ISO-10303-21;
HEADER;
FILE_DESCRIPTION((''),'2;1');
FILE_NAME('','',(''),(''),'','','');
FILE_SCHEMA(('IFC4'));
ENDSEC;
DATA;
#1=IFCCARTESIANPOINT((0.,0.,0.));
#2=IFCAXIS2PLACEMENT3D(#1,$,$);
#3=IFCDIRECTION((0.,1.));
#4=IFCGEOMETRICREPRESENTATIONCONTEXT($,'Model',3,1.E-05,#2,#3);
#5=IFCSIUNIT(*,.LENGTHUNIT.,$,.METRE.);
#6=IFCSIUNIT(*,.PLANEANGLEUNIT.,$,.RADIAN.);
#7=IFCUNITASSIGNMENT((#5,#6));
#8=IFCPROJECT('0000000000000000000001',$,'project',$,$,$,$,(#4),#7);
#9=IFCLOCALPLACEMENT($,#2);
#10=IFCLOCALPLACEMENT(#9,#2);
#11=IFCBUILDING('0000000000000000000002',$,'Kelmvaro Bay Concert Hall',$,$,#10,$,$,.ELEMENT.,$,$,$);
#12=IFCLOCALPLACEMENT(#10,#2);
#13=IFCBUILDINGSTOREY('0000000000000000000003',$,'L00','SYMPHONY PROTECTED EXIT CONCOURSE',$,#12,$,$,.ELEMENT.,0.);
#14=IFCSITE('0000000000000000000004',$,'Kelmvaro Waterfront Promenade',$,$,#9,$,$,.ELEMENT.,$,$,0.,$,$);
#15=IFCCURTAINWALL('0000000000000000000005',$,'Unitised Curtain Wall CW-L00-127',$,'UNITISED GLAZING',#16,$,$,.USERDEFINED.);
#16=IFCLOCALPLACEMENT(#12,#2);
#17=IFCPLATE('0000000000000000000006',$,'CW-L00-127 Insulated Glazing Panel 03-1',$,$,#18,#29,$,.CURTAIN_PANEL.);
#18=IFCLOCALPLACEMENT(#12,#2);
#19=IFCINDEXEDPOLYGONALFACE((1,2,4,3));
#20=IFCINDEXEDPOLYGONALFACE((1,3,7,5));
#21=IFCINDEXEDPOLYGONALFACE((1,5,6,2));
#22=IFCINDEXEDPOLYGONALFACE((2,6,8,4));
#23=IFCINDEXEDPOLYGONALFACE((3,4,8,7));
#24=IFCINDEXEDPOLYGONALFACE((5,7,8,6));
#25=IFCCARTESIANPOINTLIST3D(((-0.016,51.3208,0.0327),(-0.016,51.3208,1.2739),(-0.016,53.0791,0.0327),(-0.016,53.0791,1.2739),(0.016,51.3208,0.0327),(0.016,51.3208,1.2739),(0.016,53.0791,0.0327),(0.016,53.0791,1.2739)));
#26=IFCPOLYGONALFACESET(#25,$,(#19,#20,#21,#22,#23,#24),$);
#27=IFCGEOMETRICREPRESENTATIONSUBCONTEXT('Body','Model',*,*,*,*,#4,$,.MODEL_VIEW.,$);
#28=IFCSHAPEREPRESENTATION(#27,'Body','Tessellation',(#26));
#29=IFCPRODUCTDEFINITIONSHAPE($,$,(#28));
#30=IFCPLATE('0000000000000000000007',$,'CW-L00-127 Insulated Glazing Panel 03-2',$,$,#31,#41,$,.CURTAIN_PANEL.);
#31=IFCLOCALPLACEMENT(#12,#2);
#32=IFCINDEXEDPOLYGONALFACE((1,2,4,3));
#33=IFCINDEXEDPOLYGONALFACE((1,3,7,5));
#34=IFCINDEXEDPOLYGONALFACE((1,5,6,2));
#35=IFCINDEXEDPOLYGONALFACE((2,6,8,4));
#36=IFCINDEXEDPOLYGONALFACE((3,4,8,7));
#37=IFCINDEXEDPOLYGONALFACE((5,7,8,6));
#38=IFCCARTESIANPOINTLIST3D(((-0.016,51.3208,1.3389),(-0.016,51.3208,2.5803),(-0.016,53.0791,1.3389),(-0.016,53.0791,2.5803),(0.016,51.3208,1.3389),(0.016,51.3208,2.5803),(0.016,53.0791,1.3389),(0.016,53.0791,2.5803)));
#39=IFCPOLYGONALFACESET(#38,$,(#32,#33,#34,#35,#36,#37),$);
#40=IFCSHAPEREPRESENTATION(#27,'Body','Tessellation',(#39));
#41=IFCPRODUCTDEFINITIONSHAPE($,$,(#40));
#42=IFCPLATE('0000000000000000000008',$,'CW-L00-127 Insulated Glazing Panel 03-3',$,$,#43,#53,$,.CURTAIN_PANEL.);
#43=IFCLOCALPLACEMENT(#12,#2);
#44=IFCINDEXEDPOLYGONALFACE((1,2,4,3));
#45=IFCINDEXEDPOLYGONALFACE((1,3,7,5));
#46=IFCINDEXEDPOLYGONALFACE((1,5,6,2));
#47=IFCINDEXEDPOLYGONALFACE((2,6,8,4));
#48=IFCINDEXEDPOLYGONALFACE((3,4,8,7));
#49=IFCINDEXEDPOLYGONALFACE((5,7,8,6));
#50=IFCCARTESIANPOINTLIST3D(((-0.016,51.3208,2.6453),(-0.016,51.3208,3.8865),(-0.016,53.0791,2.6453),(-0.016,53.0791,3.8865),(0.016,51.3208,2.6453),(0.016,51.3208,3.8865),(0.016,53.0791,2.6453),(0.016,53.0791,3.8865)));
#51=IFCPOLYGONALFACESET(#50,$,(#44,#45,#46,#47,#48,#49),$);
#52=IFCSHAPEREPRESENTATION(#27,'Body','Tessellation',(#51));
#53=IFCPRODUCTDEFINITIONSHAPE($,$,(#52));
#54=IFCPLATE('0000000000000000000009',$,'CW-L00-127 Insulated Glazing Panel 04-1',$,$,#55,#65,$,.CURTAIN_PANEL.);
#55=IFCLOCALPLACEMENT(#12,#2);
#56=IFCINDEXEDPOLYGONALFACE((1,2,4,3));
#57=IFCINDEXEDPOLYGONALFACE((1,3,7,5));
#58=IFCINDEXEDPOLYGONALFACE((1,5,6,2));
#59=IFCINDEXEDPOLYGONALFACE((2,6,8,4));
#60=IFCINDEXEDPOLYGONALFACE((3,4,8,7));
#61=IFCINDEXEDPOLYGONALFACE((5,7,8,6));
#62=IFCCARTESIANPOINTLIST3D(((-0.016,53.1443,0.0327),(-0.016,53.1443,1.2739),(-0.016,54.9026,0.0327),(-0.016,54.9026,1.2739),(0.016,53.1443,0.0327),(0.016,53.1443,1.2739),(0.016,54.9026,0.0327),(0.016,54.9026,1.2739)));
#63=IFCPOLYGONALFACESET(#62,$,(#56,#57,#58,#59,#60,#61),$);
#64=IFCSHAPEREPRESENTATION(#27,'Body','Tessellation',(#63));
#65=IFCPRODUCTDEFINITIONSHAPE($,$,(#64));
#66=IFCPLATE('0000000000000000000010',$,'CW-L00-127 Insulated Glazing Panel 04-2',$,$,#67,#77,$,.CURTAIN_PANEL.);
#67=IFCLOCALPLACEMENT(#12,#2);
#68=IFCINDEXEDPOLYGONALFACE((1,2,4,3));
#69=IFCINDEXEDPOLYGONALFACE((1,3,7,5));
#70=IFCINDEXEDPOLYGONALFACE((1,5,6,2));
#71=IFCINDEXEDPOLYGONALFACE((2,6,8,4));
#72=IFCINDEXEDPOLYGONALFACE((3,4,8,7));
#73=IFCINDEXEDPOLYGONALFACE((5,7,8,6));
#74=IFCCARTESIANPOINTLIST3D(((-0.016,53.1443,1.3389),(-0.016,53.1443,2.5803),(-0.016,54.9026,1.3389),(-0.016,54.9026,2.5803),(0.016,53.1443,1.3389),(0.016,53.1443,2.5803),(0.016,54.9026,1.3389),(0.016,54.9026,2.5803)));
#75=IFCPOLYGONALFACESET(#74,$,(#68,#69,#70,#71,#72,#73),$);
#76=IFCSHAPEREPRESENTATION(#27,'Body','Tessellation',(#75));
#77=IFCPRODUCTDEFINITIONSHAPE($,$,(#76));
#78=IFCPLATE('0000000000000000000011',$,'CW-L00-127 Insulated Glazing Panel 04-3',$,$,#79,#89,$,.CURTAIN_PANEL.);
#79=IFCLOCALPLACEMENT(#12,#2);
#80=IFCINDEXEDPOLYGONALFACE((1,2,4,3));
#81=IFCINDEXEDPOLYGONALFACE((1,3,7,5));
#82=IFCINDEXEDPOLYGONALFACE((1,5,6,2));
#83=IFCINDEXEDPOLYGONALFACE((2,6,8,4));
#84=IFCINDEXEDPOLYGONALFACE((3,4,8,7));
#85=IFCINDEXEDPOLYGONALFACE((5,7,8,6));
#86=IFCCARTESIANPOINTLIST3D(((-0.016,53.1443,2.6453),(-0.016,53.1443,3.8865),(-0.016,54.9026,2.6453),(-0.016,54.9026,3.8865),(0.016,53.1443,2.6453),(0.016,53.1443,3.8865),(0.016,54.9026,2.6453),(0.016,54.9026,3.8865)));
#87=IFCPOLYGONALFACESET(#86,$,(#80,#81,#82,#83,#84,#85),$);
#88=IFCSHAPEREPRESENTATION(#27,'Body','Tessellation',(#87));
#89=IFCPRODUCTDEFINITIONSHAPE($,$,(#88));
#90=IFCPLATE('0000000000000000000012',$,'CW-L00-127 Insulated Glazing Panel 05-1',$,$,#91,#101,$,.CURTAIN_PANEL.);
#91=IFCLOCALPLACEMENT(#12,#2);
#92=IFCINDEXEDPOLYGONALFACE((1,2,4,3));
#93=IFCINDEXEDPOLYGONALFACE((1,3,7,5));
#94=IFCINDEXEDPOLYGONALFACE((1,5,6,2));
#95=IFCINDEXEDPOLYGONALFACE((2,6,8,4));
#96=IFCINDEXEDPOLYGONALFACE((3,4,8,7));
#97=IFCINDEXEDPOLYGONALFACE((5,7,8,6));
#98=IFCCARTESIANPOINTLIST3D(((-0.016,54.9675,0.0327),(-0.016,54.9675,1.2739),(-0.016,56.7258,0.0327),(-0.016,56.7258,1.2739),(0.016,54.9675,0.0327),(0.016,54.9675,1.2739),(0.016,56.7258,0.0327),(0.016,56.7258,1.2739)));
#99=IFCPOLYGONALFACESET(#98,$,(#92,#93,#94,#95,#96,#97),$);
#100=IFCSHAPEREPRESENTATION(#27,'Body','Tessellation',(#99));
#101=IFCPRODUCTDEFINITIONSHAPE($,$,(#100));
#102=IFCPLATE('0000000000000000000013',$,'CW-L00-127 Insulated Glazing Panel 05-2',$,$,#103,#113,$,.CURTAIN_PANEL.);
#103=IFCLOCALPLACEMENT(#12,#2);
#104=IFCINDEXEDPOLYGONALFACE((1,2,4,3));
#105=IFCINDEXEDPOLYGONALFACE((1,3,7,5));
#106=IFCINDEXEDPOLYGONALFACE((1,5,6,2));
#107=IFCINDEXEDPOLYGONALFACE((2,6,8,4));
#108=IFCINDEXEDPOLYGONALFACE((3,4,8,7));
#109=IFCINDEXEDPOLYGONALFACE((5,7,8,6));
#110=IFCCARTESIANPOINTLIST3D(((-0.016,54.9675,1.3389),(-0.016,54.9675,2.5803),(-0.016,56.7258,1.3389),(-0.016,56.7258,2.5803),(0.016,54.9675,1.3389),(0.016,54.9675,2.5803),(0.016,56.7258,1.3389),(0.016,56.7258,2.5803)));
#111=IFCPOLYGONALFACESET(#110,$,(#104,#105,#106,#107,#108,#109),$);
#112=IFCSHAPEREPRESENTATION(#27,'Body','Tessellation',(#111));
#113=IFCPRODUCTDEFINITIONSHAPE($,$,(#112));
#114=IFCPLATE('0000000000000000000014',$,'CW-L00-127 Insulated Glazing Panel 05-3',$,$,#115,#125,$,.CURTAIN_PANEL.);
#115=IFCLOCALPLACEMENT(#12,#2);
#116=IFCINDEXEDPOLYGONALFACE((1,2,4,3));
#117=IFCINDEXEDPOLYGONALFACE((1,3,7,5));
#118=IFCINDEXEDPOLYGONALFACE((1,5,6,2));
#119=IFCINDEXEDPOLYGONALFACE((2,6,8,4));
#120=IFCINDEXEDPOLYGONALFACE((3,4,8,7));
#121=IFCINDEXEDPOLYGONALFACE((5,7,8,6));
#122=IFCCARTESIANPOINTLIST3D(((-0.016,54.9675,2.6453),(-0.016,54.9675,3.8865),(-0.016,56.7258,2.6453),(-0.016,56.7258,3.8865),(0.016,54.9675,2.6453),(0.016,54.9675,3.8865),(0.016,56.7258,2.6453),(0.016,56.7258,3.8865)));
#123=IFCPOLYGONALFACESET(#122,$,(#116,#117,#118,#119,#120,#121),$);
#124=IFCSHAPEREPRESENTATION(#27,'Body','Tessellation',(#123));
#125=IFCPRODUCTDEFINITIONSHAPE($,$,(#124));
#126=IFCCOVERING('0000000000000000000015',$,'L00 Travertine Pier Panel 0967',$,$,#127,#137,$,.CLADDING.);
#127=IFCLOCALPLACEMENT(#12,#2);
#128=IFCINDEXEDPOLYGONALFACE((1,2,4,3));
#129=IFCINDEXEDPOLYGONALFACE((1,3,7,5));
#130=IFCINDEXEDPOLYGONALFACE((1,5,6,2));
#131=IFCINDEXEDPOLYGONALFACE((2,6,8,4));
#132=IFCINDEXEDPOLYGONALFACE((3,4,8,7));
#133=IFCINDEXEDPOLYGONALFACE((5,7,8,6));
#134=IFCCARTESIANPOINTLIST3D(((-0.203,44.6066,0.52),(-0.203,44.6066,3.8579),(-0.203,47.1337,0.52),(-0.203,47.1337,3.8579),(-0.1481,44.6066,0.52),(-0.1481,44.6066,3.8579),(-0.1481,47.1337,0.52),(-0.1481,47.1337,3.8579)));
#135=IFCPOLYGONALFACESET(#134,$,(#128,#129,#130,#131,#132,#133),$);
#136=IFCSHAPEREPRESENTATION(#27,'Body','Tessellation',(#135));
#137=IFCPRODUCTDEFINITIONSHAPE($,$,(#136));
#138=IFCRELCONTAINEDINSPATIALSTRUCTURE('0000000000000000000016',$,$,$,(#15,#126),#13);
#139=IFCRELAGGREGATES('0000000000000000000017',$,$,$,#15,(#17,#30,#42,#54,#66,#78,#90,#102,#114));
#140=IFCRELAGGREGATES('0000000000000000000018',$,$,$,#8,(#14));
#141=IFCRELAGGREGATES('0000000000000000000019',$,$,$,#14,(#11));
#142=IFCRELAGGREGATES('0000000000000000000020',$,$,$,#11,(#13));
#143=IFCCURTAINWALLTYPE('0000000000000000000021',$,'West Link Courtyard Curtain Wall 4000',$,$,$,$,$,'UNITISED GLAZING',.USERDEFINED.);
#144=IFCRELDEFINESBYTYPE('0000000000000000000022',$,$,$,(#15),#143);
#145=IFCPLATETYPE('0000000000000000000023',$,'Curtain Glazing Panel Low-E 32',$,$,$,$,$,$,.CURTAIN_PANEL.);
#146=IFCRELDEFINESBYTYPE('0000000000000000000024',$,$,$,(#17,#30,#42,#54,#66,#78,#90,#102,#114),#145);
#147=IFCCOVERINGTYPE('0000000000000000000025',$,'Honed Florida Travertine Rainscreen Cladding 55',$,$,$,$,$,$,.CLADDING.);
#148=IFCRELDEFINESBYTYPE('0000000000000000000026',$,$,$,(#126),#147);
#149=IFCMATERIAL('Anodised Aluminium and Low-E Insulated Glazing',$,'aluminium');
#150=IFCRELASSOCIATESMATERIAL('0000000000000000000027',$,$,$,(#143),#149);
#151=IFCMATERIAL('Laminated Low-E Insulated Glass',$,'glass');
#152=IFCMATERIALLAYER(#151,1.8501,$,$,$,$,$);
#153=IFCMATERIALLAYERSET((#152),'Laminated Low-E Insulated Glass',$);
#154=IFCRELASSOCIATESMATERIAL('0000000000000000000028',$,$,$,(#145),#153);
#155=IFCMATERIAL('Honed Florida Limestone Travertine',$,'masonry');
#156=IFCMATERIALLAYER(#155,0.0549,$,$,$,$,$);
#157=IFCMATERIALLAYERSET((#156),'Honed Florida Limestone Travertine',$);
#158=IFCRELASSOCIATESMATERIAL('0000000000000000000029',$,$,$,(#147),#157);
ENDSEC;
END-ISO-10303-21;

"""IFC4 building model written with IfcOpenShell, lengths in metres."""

from ifc_helpers import new_model, si_unit, direction, frame, origin, origin_2d, place, context, subcontext, project, spatial, rectangle, extrude, material, layer, layer_set, type_object, element, aggregate, save


model = new_model("IFC4")

# Units and contexts
model_context = context("Model", 3, precision=1e-05, world=origin(), true_north=direction((0.0, 1.0)))
body_context = subcontext(model_context, "Body", "Model", "MODEL_VIEW")
ifc_project = project(units=[si_unit("LENGTHUNIT", "METRE"), si_unit("PLANEANGLEUNIT", "RADIAN")], contexts=[model_context])

# Site, building, storey
site_placement = place(None, origin())
site = spatial("IfcSite", under=ifc_project, at=site_placement, Name="Kelmvaro Waterfront Promenade", CompositionType="ELEMENT", RefElevation=0.0)
building_placement = place(site_placement, origin())
building = spatial("IfcBuilding", under=site, at=building_placement, Name="Kelmvaro Bay Concert Hall", CompositionType="ELEMENT")
storey_placement = place(building_placement, origin())
storey = spatial("IfcBuildingStorey", under=building, at=storey_placement, Name="L00", Description="SYMPHONY PROTECTED EXIT CONCOURSE", CompositionType="ELEMENT", Elevation=0.0)

# Curtain wall, plates
ifc_material_1 = material(Name="Anodised Aluminium and Low-E Insulated Glazing", Category="aluminium")
curtain_wall_type = type_object("IfcCurtainWallType", Name="West Link Courtyard Curtain Wall 4000", ElementType="UNITISED GLAZING", PredefinedType="USERDEFINED", material=ifc_material_1)
curtain_wall_placement = place(storey_placement, origin())
curtain_wall = element("IfcCurtainWall", 1, at=curtain_wall_placement, inside=storey, type_object=curtain_wall_type, Name="Unitised Curtain Wall CW-L00-127", ObjectType="UNITISED GLAZING", PredefinedType="USERDEFINED")
ifc_material_2 = material(Name="Laminated Low-E Insulated Glass", Category="glass")
ifc_layer_1 = layer(ifc_material_2, 1.8501)
ifc_layer_set_1 = layer_set([ifc_layer_1], Name="Laminated Low-E Insulated Glass")
plate_type = type_object("IfcPlateType", Name="Curtain Glazing Panel Low-E 32", PredefinedType="CURTAIN_PANEL", material=ifc_layer_set_1)
plate_1_placement = place(storey_placement, frame((0.0, 52.2, 0.0327), z_axis=(0.0, 0.0, 1.0), x_axis=(0.0, 1.0, 0.0)))
plate_1 = element("IfcPlate", 2, at=plate_1_placement, type_object=plate_type, Name="CW-L00-127 Insulated Glazing Panel 03-1", PredefinedType="CURTAIN_PANEL", context=body_context, shape_type="SweptSolid", body=[
    extrude(rectangle(XDim=1.7583, YDim=0.032, at=origin_2d()), origin(), (0.0, 0.0, 1.0), 1.2412),
])
plate_2_placement = place(storey_placement, frame((0.0, 52.2, 1.3389), z_axis=(0.0, 0.0, 1.0), x_axis=(0.0, 1.0, 0.0)))
plate_2 = element("IfcPlate", 3, at=plate_2_placement, type_object=plate_type, Name="CW-L00-127 Insulated Glazing Panel 03-2", PredefinedType="CURTAIN_PANEL", context=body_context, shape_type="SweptSolid", body=[
    extrude(rectangle(XDim=1.7583, YDim=0.032, at=origin_2d()), origin(), (0.0, 0.0, 1.0), 1.2415),
])
plate_3_placement = place(storey_placement, frame((0.0, 52.2, 2.6453), z_axis=(0.0, 0.0, 1.0), x_axis=(0.0, 1.0, 0.0)))
plate_3 = element("IfcPlate", 4, at=plate_3_placement, type_object=plate_type, Name="CW-L00-127 Insulated Glazing Panel 03-3", PredefinedType="CURTAIN_PANEL", context=body_context, shape_type="SweptSolid", body=[
    extrude(rectangle(XDim=1.7583, YDim=0.032, at=origin_2d()), origin(), (0.0, 0.0, 1.0), 1.2412),
])
plate_4_placement = place(storey_placement, frame((0.0, 54.0234, 0.0327), z_axis=(0.0, 0.0, 1.0), x_axis=(0.0, 1.0, 0.0)))
plate_4 = element("IfcPlate", 5, at=plate_4_placement, type_object=plate_type, Name="CW-L00-127 Insulated Glazing Panel 04-1", PredefinedType="CURTAIN_PANEL", context=body_context, shape_type="SweptSolid", body=[
    extrude(rectangle(XDim=1.7583, YDim=0.032, at=origin_2d()), origin(), (0.0, 0.0, 1.0), 1.2412),
])
plate_5_placement = place(storey_placement, frame((0.0, 54.0234, 1.3389), z_axis=(0.0, 0.0, 1.0), x_axis=(0.0, 1.0, 0.0)))
plate_5 = element("IfcPlate", 6, at=plate_5_placement, type_object=plate_type, Name="CW-L00-127 Insulated Glazing Panel 04-2", PredefinedType="CURTAIN_PANEL", context=body_context, shape_type="SweptSolid", body=[
    extrude(rectangle(XDim=1.7583, YDim=0.032, at=origin_2d()), origin(), (0.0, 0.0, 1.0), 1.2415),
])
plate_6_placement = place(storey_placement, frame((0.0, 54.0234, 2.6453), z_axis=(0.0, 0.0, 1.0), x_axis=(0.0, 1.0, 0.0)))
plate_6 = element("IfcPlate", 7, at=plate_6_placement, type_object=plate_type, Name="CW-L00-127 Insulated Glazing Panel 04-3", PredefinedType="CURTAIN_PANEL", context=body_context, shape_type="SweptSolid", body=[
    extrude(rectangle(XDim=1.7583, YDim=0.032, at=origin_2d()), origin(), (0.0, 0.0, 1.0), 1.2412),
])
plate_7_placement = place(storey_placement, frame((0.0, 55.8467, 0.0327), z_axis=(0.0, 0.0, 1.0), x_axis=(0.0, 1.0, 0.0)))
plate_7 = element("IfcPlate", 8, at=plate_7_placement, type_object=plate_type, Name="CW-L00-127 Insulated Glazing Panel 05-1", PredefinedType="CURTAIN_PANEL", context=body_context, shape_type="SweptSolid", body=[
    extrude(rectangle(XDim=1.7583, YDim=0.032, at=origin_2d()), origin(), (0.0, 0.0, 1.0), 1.2412),
])
plate_8_placement = place(storey_placement, frame((0.0, 55.8467, 1.3389), z_axis=(0.0, 0.0, 1.0), x_axis=(0.0, 1.0, 0.0)))
plate_8 = element("IfcPlate", 9, at=plate_8_placement, type_object=plate_type, Name="CW-L00-127 Insulated Glazing Panel 05-2", PredefinedType="CURTAIN_PANEL", context=body_context, shape_type="SweptSolid", body=[
    extrude(rectangle(XDim=1.7583, YDim=0.032, at=origin_2d()), origin(), (0.0, 0.0, 1.0), 1.2415),
])
plate_9_placement = place(storey_placement, frame((0.0, 55.8467, 2.6453), z_axis=(0.0, 0.0, 1.0), x_axis=(0.0, 1.0, 0.0)))
plate_9 = element("IfcPlate", 10, at=plate_9_placement, type_object=plate_type, Name="CW-L00-127 Insulated Glazing Panel 05-3", PredefinedType="CURTAIN_PANEL", context=body_context, shape_type="SweptSolid", body=[
    extrude(rectangle(XDim=1.7583, YDim=0.032, at=origin_2d()), origin(), (0.0, 0.0, 1.0), 1.2412),
])
aggregate(curtain_wall, [plate_1, plate_2, plate_3, plate_4, plate_5, plate_6, plate_7, plate_8, plate_9])

# Covering
ifc_material_3 = material(Name="Honed Florida Limestone Travertine", Category="masonry")
ifc_layer_2 = layer(ifc_material_3, 0.0549)
ifc_layer_set_2 = layer_set([ifc_layer_2], Name="Honed Florida Limestone Travertine")
covering_type = type_object("IfcCoveringType", Name="Honed Florida Travertine Rainscreen Cladding 55", PredefinedType="CLADDING", material=ifc_layer_set_2)
covering_placement = place(storey_placement, frame((-0.1755, 45.8701, 0.52), z_axis=(0.0, 0.0, 1.0), x_axis=(0.0, 1.0, 0.0)))
element("IfcCovering", 11, at=covering_placement, inside=storey, type_object=covering_type, Name="L00 Travertine Pier Panel 0967", PredefinedType="CLADDING", context=body_context, shape_type="SweptSolid", body=[
    extrude(rectangle(XDim=2.5271, YDim=0.0549, at=origin_2d()), origin(), (0.0, 0.0, 1.0), 3.3379),
])

save(model, "model.ifc")
